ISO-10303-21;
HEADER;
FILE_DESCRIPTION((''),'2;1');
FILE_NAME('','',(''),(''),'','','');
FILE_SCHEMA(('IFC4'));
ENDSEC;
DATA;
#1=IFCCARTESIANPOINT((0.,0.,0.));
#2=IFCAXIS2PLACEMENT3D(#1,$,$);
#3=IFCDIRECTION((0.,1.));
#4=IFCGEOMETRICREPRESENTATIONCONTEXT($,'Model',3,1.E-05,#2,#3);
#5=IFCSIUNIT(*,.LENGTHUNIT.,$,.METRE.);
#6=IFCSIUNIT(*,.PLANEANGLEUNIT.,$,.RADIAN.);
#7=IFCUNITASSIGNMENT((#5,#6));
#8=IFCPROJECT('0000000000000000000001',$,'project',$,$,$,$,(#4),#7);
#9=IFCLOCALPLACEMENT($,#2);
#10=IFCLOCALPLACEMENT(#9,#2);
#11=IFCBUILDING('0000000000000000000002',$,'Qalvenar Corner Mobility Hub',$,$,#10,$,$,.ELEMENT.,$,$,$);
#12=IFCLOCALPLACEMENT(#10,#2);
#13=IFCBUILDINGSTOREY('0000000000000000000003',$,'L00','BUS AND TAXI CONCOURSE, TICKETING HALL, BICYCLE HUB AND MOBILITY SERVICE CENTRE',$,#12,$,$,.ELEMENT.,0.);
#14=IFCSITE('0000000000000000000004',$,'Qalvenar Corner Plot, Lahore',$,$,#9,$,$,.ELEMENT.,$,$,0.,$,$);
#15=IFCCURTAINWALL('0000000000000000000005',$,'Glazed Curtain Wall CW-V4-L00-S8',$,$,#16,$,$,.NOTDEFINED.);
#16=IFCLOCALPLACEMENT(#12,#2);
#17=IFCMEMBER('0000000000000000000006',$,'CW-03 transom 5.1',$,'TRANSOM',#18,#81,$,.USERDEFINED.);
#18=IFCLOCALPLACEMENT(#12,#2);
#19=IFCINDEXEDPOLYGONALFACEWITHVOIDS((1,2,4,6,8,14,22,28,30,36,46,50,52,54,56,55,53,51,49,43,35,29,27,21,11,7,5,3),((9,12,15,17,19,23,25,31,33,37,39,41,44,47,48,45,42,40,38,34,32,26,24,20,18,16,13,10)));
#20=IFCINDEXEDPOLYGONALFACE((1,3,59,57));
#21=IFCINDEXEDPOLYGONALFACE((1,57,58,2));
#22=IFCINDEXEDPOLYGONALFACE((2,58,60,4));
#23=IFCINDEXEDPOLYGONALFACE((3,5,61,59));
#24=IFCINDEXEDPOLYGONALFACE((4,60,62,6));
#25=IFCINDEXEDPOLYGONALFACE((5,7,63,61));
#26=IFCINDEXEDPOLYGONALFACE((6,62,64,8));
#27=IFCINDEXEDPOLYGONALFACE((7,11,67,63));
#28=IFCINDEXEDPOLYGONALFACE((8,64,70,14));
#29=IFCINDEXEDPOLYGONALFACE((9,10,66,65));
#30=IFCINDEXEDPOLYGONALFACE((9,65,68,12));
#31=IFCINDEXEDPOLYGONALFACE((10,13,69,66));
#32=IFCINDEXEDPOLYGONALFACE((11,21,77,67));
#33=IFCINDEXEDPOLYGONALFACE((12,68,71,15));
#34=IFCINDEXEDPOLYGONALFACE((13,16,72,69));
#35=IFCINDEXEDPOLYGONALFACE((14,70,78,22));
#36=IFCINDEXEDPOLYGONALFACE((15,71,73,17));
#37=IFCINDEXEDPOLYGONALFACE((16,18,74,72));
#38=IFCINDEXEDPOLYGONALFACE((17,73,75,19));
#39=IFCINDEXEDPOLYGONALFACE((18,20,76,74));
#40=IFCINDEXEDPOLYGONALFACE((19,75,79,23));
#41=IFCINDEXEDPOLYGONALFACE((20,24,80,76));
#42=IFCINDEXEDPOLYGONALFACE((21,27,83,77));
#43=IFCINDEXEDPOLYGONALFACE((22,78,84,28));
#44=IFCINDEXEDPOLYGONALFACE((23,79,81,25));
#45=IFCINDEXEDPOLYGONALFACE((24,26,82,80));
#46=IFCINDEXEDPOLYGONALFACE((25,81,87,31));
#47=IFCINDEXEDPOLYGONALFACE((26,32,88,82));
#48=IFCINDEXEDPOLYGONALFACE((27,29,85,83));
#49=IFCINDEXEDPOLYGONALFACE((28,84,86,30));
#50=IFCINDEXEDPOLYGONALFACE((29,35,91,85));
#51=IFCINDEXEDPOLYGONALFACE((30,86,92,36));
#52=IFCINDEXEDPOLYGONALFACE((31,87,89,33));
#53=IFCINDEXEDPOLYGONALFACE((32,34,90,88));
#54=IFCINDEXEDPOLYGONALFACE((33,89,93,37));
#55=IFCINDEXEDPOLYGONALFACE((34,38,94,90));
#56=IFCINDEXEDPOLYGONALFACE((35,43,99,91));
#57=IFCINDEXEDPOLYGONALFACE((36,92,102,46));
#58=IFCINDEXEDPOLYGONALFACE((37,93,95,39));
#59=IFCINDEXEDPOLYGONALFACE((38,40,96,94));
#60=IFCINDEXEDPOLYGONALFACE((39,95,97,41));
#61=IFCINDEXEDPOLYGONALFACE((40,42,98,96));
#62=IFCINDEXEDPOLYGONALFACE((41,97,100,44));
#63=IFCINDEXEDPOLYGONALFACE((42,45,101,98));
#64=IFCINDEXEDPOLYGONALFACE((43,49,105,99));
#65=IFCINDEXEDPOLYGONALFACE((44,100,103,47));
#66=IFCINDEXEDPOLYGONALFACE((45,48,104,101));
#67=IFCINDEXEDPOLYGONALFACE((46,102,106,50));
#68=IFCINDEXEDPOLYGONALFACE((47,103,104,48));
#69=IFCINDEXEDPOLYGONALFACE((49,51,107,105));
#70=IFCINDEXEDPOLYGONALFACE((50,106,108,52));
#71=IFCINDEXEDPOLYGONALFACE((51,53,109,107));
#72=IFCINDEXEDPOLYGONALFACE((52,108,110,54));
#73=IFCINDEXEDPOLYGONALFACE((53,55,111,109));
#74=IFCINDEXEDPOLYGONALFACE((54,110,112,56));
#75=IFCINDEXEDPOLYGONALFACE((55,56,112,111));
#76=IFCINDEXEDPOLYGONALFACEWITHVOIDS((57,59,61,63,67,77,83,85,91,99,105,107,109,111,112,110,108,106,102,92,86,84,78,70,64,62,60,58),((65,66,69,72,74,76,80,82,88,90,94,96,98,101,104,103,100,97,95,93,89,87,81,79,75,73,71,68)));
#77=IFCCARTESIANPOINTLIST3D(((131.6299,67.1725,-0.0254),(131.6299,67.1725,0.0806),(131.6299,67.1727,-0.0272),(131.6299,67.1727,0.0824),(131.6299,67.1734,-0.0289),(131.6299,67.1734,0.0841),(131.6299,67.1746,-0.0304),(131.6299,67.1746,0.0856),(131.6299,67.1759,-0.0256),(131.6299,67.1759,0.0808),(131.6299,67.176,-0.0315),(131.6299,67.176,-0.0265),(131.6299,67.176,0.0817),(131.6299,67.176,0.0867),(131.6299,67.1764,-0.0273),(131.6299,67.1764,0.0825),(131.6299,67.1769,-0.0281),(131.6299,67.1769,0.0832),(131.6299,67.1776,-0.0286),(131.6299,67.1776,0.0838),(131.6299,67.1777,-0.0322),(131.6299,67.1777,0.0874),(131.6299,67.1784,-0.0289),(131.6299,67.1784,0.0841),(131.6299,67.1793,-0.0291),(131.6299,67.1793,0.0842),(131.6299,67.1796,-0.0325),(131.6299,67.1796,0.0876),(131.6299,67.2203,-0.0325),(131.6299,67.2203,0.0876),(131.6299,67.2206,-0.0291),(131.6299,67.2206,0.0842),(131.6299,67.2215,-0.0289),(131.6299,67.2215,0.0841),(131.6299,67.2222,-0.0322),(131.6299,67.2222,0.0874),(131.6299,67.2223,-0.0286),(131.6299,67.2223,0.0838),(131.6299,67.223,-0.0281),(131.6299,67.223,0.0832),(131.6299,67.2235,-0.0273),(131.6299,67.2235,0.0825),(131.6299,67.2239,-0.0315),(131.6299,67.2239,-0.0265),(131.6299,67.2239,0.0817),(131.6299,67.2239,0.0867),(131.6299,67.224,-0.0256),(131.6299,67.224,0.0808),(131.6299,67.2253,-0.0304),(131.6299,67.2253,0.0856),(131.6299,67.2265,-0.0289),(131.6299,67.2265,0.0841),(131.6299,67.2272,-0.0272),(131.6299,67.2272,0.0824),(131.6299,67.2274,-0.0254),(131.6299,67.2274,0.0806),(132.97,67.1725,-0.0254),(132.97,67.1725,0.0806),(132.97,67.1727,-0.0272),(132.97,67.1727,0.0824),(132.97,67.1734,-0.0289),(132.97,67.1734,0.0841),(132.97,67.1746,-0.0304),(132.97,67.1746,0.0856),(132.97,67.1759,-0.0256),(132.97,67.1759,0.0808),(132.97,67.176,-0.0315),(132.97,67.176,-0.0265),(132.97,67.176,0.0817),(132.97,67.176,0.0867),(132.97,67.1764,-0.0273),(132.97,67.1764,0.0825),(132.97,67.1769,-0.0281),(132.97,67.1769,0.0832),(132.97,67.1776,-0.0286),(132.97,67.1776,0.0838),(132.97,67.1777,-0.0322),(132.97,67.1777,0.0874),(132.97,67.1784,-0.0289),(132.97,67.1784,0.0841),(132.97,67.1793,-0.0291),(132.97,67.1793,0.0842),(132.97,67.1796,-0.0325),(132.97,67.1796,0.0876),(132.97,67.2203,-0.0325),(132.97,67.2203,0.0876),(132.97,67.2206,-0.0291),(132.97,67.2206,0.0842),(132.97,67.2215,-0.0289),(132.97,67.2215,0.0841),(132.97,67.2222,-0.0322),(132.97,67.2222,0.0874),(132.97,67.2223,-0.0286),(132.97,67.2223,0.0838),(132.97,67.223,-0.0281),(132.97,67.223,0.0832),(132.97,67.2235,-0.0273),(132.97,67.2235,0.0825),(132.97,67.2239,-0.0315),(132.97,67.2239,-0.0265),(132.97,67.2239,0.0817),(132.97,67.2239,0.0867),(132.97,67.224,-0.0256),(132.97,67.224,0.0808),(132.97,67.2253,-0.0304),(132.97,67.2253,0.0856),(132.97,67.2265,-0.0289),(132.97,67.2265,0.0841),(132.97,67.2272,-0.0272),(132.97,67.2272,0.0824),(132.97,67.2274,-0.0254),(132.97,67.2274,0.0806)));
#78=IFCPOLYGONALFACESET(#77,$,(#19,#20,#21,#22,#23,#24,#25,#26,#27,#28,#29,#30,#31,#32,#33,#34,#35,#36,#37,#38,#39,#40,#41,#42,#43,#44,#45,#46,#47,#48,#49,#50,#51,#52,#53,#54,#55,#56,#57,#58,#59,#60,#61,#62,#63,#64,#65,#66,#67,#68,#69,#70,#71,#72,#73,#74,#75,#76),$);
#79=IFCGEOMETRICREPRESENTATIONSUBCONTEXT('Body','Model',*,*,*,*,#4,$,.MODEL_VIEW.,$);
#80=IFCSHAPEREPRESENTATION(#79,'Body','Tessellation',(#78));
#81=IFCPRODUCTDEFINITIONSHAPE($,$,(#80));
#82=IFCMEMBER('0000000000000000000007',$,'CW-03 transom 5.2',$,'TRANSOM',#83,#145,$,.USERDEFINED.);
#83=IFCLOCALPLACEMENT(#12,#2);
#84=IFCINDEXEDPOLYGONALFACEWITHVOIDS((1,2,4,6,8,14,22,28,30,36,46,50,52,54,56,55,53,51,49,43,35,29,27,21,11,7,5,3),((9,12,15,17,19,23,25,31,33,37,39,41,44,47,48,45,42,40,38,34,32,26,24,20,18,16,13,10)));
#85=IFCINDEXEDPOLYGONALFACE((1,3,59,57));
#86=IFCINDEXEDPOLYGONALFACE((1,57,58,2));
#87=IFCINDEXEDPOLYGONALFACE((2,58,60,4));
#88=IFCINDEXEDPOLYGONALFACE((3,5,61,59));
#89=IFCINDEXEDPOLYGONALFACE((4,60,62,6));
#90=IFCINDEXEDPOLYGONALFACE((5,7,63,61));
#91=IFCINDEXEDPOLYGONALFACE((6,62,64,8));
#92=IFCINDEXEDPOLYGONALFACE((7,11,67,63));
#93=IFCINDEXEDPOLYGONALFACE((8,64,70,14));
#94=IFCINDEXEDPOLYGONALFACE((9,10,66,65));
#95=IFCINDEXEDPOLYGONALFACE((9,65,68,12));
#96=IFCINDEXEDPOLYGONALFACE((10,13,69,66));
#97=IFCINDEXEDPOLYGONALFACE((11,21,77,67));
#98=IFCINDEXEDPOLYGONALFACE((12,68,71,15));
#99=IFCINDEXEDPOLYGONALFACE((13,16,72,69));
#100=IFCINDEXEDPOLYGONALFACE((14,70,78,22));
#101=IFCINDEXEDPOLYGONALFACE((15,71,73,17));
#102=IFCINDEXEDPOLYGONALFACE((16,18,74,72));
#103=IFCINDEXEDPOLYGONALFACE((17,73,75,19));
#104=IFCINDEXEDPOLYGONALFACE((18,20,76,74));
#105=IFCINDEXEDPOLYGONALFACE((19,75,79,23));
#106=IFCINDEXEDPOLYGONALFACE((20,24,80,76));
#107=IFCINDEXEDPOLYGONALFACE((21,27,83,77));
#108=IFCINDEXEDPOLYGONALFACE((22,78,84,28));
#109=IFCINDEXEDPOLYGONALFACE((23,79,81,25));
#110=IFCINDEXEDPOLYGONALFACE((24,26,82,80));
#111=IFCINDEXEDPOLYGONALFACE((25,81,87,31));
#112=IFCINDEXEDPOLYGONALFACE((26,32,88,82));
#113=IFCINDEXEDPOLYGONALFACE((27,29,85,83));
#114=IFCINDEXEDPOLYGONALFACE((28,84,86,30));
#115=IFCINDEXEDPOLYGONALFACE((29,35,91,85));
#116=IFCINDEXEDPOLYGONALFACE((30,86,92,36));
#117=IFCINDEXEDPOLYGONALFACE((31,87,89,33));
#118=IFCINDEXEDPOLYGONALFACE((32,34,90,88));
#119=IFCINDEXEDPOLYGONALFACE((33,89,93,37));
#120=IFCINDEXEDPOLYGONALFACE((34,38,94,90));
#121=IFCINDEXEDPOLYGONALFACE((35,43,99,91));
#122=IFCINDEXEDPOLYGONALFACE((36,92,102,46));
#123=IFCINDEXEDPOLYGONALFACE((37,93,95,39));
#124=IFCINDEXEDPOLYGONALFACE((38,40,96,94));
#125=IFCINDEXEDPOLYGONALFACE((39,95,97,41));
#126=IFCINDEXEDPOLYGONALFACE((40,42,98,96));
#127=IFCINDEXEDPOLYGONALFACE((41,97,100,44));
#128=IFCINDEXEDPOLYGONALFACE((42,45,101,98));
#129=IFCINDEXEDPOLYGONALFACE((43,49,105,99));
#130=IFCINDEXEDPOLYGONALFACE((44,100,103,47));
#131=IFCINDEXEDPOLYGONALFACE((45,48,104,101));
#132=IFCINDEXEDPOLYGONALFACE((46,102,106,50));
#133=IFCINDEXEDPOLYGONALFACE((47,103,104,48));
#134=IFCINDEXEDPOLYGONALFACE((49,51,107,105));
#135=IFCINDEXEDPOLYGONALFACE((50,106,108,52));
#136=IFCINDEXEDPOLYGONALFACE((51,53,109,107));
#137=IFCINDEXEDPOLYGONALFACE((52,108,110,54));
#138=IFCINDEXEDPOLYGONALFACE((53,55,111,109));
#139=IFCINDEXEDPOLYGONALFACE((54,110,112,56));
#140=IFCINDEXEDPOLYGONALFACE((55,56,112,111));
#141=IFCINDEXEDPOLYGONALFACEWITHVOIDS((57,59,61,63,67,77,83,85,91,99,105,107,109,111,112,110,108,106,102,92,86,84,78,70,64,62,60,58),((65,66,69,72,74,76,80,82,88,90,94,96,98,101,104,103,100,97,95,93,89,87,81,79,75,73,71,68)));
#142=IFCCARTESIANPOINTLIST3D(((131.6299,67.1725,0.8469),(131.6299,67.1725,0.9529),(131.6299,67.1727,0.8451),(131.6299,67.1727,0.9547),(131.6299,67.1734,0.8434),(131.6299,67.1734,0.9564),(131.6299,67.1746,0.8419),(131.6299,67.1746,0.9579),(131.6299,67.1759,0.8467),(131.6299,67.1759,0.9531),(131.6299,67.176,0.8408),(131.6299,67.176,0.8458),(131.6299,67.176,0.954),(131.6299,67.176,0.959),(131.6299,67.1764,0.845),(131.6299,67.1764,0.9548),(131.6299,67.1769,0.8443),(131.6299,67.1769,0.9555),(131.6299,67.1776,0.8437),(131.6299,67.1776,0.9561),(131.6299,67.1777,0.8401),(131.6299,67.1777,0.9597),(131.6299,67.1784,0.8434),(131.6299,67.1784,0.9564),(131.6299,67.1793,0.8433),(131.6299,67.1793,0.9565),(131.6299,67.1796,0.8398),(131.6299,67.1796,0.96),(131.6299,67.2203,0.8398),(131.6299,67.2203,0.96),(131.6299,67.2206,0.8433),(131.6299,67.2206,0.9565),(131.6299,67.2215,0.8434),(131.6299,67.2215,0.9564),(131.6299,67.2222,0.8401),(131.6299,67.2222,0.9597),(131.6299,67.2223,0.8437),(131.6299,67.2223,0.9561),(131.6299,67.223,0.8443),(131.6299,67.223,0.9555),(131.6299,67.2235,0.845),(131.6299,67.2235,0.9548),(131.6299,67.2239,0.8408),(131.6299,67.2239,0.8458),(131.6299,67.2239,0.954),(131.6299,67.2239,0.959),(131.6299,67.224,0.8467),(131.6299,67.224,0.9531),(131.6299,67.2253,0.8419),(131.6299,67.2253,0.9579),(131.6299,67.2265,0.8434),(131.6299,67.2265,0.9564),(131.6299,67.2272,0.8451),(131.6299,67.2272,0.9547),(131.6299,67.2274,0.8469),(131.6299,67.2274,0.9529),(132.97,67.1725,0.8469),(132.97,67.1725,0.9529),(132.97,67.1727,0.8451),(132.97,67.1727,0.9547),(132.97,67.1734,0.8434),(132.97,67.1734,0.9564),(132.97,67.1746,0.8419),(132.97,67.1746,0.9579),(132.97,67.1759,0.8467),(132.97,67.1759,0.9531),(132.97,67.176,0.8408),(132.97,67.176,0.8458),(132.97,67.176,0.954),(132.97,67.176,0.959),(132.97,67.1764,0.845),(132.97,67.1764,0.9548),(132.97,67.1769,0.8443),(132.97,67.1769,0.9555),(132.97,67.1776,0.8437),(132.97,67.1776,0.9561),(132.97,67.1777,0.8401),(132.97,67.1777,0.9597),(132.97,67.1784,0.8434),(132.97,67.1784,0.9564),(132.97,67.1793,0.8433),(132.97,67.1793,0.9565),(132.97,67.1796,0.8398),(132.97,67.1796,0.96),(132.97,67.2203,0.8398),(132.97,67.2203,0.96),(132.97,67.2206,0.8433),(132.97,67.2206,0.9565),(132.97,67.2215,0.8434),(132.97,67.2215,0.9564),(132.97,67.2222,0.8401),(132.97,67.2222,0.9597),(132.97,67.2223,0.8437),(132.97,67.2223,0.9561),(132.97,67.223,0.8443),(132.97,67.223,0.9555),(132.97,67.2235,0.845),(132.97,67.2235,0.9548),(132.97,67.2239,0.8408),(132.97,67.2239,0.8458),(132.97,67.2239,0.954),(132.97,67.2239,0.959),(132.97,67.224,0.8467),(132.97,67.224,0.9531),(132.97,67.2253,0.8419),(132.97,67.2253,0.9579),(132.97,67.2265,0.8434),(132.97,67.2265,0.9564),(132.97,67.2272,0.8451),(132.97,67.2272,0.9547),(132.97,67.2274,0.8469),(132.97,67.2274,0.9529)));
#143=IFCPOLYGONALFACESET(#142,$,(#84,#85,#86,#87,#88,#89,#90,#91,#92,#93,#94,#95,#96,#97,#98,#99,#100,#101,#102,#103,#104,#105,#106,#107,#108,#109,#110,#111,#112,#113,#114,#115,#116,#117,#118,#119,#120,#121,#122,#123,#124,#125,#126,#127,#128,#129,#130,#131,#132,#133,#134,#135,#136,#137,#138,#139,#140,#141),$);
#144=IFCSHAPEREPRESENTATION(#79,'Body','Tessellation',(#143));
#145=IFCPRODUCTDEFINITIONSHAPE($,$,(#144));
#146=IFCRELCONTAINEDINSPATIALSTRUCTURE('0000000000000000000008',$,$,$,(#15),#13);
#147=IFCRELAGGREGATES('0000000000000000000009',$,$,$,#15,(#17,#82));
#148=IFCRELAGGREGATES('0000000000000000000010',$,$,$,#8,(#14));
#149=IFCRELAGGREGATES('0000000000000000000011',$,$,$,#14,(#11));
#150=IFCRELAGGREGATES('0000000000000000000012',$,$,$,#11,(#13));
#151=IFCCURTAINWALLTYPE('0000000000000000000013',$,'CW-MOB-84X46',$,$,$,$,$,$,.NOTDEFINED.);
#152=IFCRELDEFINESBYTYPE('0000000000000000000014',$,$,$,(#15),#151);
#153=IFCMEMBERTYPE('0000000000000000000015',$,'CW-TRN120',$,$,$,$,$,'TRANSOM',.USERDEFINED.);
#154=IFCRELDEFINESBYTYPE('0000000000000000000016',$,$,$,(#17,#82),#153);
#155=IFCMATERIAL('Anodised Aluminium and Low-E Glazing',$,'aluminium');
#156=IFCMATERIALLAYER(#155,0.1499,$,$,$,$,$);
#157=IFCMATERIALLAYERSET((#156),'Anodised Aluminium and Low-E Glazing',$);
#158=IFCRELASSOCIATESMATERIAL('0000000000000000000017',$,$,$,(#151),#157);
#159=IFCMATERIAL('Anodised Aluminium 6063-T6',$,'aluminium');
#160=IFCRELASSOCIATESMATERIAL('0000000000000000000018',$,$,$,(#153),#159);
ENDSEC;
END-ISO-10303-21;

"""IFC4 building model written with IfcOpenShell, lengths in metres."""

from ifc_helpers import new_model, si_unit, direction, frame, origin, origin_2d, place, context, subcontext, project, spatial, hollow_rectangle, extrude, material, layer, layer_set, material_profile, profile_set, type_object, element, aggregate, save


model = new_model("IFC4")

# Units and contexts
model_context = context("Model", 3, precision=1e-05, world=origin(), true_north=direction((0.0, 1.0)))
body_context = subcontext(model_context, "Body", "Model", "MODEL_VIEW")
ifc_project = project(units=[si_unit("LENGTHUNIT", "METRE"), si_unit("PLANEANGLEUNIT", "RADIAN")], contexts=[model_context])

# Site, building, storey
site_placement = place(None, origin())
site = spatial("IfcSite", under=ifc_project, at=site_placement, Name="Qalvenar Corner Plot, Lahore", CompositionType="ELEMENT", RefElevation=0.0)
building_placement = place(site_placement, origin())
building = spatial("IfcBuilding", under=site, at=building_placement, Name="Qalvenar Corner Mobility Hub", CompositionType="ELEMENT")
storey_placement = place(building_placement, origin())
storey = spatial("IfcBuildingStorey", under=building, at=storey_placement, Name="L00", Description="BUS AND TAXI CONCOURSE, TICKETING HALL, BICYCLE HUB AND MOBILITY SERVICE CENTRE", CompositionType="ELEMENT", Elevation=0.0)

# Curtain wall, members
ifc_material_1 = material(Name="Anodised Aluminium and Low-E Glazing", Category="aluminium")
ifc_layer_1 = layer(ifc_material_1, 0.1499)
ifc_layer_set_1 = layer_set([ifc_layer_1], Name="Anodised Aluminium and Low-E Glazing")
curtain_wall_type = type_object("IfcCurtainWallType", Name="CW-MOB-84X46", PredefinedType="NOTDEFINED", material=ifc_layer_set_1)
curtain_wall_placement = place(storey_placement, origin())
curtain_wall = element("IfcCurtainWall", 1, at=curtain_wall_placement, inside=storey, type_object=curtain_wall_type, Name="Glazed Curtain Wall CW-V4-L00-S8", PredefinedType="NOTDEFINED")
ifc_material_2 = material(Name="Anodised Aluminium 6063-T6", Category="aluminium")
ifc_material_profile_1 = material_profile(ifc_material_2, hollow_rectangle(XDim=0.0549, YDim=0.1201, WallThickness=0.0034, InnerFilletRadius=0.0034, OuterFilletRadius=0.0071, at=origin_2d()), Name="RHS120x55x3.5")
ifc_profile_set_1 = profile_set([ifc_material_profile_1], Name="Anodised Aluminium 6063-T6")
member_type_1 = type_object("IfcMemberType", Name="CW-TRN120", ElementType="TRANSOM", PredefinedType="USERDEFINED", material=ifc_profile_set_1)
member_1_placement = place(storey_placement, frame((131.6299, 67.2, 0.0276), z_axis=(1.0, 0.0, 0.0), x_axis=(0.0, 1.0, 0.0)))
member_1 = element("IfcMember", 2, at=member_1_placement, type_object=member_type_1, Name="CW-03 transom 5.1", ObjectType="TRANSOM", PredefinedType="USERDEFINED", context=body_context, shape_type="SweptSolid", body=[
    extrude(hollow_rectangle(XDim=0.0549, YDim=0.1201, WallThickness=0.0034, InnerFilletRadius=0.0034, OuterFilletRadius=0.0071, at=origin_2d()), origin(), (0.0, 0.0, 1.0), 1.3401),
])
member_2_placement = place(storey_placement, frame((131.6299, 67.2, 0.8999), z_axis=(1.0, 0.0, 0.0), x_axis=(0.0, 1.0, 0.0)))
member_2 = element("IfcMember", 3, at=member_2_placement, type_object=member_type_1, Name="CW-03 transom 5.2", ObjectType="TRANSOM", PredefinedType="USERDEFINED", context=body_context, shape_type="SweptSolid", body=[
    extrude(hollow_rectangle(XDim=0.0549, YDim=0.1201, WallThickness=0.0034, InnerFilletRadius=0.0034, OuterFilletRadius=0.0071, at=origin_2d()), origin(), (0.0, 0.0, 1.0), 1.3401),
])
aggregate(curtain_wall, [member_1, member_2])

save(model, "model.ifc")
